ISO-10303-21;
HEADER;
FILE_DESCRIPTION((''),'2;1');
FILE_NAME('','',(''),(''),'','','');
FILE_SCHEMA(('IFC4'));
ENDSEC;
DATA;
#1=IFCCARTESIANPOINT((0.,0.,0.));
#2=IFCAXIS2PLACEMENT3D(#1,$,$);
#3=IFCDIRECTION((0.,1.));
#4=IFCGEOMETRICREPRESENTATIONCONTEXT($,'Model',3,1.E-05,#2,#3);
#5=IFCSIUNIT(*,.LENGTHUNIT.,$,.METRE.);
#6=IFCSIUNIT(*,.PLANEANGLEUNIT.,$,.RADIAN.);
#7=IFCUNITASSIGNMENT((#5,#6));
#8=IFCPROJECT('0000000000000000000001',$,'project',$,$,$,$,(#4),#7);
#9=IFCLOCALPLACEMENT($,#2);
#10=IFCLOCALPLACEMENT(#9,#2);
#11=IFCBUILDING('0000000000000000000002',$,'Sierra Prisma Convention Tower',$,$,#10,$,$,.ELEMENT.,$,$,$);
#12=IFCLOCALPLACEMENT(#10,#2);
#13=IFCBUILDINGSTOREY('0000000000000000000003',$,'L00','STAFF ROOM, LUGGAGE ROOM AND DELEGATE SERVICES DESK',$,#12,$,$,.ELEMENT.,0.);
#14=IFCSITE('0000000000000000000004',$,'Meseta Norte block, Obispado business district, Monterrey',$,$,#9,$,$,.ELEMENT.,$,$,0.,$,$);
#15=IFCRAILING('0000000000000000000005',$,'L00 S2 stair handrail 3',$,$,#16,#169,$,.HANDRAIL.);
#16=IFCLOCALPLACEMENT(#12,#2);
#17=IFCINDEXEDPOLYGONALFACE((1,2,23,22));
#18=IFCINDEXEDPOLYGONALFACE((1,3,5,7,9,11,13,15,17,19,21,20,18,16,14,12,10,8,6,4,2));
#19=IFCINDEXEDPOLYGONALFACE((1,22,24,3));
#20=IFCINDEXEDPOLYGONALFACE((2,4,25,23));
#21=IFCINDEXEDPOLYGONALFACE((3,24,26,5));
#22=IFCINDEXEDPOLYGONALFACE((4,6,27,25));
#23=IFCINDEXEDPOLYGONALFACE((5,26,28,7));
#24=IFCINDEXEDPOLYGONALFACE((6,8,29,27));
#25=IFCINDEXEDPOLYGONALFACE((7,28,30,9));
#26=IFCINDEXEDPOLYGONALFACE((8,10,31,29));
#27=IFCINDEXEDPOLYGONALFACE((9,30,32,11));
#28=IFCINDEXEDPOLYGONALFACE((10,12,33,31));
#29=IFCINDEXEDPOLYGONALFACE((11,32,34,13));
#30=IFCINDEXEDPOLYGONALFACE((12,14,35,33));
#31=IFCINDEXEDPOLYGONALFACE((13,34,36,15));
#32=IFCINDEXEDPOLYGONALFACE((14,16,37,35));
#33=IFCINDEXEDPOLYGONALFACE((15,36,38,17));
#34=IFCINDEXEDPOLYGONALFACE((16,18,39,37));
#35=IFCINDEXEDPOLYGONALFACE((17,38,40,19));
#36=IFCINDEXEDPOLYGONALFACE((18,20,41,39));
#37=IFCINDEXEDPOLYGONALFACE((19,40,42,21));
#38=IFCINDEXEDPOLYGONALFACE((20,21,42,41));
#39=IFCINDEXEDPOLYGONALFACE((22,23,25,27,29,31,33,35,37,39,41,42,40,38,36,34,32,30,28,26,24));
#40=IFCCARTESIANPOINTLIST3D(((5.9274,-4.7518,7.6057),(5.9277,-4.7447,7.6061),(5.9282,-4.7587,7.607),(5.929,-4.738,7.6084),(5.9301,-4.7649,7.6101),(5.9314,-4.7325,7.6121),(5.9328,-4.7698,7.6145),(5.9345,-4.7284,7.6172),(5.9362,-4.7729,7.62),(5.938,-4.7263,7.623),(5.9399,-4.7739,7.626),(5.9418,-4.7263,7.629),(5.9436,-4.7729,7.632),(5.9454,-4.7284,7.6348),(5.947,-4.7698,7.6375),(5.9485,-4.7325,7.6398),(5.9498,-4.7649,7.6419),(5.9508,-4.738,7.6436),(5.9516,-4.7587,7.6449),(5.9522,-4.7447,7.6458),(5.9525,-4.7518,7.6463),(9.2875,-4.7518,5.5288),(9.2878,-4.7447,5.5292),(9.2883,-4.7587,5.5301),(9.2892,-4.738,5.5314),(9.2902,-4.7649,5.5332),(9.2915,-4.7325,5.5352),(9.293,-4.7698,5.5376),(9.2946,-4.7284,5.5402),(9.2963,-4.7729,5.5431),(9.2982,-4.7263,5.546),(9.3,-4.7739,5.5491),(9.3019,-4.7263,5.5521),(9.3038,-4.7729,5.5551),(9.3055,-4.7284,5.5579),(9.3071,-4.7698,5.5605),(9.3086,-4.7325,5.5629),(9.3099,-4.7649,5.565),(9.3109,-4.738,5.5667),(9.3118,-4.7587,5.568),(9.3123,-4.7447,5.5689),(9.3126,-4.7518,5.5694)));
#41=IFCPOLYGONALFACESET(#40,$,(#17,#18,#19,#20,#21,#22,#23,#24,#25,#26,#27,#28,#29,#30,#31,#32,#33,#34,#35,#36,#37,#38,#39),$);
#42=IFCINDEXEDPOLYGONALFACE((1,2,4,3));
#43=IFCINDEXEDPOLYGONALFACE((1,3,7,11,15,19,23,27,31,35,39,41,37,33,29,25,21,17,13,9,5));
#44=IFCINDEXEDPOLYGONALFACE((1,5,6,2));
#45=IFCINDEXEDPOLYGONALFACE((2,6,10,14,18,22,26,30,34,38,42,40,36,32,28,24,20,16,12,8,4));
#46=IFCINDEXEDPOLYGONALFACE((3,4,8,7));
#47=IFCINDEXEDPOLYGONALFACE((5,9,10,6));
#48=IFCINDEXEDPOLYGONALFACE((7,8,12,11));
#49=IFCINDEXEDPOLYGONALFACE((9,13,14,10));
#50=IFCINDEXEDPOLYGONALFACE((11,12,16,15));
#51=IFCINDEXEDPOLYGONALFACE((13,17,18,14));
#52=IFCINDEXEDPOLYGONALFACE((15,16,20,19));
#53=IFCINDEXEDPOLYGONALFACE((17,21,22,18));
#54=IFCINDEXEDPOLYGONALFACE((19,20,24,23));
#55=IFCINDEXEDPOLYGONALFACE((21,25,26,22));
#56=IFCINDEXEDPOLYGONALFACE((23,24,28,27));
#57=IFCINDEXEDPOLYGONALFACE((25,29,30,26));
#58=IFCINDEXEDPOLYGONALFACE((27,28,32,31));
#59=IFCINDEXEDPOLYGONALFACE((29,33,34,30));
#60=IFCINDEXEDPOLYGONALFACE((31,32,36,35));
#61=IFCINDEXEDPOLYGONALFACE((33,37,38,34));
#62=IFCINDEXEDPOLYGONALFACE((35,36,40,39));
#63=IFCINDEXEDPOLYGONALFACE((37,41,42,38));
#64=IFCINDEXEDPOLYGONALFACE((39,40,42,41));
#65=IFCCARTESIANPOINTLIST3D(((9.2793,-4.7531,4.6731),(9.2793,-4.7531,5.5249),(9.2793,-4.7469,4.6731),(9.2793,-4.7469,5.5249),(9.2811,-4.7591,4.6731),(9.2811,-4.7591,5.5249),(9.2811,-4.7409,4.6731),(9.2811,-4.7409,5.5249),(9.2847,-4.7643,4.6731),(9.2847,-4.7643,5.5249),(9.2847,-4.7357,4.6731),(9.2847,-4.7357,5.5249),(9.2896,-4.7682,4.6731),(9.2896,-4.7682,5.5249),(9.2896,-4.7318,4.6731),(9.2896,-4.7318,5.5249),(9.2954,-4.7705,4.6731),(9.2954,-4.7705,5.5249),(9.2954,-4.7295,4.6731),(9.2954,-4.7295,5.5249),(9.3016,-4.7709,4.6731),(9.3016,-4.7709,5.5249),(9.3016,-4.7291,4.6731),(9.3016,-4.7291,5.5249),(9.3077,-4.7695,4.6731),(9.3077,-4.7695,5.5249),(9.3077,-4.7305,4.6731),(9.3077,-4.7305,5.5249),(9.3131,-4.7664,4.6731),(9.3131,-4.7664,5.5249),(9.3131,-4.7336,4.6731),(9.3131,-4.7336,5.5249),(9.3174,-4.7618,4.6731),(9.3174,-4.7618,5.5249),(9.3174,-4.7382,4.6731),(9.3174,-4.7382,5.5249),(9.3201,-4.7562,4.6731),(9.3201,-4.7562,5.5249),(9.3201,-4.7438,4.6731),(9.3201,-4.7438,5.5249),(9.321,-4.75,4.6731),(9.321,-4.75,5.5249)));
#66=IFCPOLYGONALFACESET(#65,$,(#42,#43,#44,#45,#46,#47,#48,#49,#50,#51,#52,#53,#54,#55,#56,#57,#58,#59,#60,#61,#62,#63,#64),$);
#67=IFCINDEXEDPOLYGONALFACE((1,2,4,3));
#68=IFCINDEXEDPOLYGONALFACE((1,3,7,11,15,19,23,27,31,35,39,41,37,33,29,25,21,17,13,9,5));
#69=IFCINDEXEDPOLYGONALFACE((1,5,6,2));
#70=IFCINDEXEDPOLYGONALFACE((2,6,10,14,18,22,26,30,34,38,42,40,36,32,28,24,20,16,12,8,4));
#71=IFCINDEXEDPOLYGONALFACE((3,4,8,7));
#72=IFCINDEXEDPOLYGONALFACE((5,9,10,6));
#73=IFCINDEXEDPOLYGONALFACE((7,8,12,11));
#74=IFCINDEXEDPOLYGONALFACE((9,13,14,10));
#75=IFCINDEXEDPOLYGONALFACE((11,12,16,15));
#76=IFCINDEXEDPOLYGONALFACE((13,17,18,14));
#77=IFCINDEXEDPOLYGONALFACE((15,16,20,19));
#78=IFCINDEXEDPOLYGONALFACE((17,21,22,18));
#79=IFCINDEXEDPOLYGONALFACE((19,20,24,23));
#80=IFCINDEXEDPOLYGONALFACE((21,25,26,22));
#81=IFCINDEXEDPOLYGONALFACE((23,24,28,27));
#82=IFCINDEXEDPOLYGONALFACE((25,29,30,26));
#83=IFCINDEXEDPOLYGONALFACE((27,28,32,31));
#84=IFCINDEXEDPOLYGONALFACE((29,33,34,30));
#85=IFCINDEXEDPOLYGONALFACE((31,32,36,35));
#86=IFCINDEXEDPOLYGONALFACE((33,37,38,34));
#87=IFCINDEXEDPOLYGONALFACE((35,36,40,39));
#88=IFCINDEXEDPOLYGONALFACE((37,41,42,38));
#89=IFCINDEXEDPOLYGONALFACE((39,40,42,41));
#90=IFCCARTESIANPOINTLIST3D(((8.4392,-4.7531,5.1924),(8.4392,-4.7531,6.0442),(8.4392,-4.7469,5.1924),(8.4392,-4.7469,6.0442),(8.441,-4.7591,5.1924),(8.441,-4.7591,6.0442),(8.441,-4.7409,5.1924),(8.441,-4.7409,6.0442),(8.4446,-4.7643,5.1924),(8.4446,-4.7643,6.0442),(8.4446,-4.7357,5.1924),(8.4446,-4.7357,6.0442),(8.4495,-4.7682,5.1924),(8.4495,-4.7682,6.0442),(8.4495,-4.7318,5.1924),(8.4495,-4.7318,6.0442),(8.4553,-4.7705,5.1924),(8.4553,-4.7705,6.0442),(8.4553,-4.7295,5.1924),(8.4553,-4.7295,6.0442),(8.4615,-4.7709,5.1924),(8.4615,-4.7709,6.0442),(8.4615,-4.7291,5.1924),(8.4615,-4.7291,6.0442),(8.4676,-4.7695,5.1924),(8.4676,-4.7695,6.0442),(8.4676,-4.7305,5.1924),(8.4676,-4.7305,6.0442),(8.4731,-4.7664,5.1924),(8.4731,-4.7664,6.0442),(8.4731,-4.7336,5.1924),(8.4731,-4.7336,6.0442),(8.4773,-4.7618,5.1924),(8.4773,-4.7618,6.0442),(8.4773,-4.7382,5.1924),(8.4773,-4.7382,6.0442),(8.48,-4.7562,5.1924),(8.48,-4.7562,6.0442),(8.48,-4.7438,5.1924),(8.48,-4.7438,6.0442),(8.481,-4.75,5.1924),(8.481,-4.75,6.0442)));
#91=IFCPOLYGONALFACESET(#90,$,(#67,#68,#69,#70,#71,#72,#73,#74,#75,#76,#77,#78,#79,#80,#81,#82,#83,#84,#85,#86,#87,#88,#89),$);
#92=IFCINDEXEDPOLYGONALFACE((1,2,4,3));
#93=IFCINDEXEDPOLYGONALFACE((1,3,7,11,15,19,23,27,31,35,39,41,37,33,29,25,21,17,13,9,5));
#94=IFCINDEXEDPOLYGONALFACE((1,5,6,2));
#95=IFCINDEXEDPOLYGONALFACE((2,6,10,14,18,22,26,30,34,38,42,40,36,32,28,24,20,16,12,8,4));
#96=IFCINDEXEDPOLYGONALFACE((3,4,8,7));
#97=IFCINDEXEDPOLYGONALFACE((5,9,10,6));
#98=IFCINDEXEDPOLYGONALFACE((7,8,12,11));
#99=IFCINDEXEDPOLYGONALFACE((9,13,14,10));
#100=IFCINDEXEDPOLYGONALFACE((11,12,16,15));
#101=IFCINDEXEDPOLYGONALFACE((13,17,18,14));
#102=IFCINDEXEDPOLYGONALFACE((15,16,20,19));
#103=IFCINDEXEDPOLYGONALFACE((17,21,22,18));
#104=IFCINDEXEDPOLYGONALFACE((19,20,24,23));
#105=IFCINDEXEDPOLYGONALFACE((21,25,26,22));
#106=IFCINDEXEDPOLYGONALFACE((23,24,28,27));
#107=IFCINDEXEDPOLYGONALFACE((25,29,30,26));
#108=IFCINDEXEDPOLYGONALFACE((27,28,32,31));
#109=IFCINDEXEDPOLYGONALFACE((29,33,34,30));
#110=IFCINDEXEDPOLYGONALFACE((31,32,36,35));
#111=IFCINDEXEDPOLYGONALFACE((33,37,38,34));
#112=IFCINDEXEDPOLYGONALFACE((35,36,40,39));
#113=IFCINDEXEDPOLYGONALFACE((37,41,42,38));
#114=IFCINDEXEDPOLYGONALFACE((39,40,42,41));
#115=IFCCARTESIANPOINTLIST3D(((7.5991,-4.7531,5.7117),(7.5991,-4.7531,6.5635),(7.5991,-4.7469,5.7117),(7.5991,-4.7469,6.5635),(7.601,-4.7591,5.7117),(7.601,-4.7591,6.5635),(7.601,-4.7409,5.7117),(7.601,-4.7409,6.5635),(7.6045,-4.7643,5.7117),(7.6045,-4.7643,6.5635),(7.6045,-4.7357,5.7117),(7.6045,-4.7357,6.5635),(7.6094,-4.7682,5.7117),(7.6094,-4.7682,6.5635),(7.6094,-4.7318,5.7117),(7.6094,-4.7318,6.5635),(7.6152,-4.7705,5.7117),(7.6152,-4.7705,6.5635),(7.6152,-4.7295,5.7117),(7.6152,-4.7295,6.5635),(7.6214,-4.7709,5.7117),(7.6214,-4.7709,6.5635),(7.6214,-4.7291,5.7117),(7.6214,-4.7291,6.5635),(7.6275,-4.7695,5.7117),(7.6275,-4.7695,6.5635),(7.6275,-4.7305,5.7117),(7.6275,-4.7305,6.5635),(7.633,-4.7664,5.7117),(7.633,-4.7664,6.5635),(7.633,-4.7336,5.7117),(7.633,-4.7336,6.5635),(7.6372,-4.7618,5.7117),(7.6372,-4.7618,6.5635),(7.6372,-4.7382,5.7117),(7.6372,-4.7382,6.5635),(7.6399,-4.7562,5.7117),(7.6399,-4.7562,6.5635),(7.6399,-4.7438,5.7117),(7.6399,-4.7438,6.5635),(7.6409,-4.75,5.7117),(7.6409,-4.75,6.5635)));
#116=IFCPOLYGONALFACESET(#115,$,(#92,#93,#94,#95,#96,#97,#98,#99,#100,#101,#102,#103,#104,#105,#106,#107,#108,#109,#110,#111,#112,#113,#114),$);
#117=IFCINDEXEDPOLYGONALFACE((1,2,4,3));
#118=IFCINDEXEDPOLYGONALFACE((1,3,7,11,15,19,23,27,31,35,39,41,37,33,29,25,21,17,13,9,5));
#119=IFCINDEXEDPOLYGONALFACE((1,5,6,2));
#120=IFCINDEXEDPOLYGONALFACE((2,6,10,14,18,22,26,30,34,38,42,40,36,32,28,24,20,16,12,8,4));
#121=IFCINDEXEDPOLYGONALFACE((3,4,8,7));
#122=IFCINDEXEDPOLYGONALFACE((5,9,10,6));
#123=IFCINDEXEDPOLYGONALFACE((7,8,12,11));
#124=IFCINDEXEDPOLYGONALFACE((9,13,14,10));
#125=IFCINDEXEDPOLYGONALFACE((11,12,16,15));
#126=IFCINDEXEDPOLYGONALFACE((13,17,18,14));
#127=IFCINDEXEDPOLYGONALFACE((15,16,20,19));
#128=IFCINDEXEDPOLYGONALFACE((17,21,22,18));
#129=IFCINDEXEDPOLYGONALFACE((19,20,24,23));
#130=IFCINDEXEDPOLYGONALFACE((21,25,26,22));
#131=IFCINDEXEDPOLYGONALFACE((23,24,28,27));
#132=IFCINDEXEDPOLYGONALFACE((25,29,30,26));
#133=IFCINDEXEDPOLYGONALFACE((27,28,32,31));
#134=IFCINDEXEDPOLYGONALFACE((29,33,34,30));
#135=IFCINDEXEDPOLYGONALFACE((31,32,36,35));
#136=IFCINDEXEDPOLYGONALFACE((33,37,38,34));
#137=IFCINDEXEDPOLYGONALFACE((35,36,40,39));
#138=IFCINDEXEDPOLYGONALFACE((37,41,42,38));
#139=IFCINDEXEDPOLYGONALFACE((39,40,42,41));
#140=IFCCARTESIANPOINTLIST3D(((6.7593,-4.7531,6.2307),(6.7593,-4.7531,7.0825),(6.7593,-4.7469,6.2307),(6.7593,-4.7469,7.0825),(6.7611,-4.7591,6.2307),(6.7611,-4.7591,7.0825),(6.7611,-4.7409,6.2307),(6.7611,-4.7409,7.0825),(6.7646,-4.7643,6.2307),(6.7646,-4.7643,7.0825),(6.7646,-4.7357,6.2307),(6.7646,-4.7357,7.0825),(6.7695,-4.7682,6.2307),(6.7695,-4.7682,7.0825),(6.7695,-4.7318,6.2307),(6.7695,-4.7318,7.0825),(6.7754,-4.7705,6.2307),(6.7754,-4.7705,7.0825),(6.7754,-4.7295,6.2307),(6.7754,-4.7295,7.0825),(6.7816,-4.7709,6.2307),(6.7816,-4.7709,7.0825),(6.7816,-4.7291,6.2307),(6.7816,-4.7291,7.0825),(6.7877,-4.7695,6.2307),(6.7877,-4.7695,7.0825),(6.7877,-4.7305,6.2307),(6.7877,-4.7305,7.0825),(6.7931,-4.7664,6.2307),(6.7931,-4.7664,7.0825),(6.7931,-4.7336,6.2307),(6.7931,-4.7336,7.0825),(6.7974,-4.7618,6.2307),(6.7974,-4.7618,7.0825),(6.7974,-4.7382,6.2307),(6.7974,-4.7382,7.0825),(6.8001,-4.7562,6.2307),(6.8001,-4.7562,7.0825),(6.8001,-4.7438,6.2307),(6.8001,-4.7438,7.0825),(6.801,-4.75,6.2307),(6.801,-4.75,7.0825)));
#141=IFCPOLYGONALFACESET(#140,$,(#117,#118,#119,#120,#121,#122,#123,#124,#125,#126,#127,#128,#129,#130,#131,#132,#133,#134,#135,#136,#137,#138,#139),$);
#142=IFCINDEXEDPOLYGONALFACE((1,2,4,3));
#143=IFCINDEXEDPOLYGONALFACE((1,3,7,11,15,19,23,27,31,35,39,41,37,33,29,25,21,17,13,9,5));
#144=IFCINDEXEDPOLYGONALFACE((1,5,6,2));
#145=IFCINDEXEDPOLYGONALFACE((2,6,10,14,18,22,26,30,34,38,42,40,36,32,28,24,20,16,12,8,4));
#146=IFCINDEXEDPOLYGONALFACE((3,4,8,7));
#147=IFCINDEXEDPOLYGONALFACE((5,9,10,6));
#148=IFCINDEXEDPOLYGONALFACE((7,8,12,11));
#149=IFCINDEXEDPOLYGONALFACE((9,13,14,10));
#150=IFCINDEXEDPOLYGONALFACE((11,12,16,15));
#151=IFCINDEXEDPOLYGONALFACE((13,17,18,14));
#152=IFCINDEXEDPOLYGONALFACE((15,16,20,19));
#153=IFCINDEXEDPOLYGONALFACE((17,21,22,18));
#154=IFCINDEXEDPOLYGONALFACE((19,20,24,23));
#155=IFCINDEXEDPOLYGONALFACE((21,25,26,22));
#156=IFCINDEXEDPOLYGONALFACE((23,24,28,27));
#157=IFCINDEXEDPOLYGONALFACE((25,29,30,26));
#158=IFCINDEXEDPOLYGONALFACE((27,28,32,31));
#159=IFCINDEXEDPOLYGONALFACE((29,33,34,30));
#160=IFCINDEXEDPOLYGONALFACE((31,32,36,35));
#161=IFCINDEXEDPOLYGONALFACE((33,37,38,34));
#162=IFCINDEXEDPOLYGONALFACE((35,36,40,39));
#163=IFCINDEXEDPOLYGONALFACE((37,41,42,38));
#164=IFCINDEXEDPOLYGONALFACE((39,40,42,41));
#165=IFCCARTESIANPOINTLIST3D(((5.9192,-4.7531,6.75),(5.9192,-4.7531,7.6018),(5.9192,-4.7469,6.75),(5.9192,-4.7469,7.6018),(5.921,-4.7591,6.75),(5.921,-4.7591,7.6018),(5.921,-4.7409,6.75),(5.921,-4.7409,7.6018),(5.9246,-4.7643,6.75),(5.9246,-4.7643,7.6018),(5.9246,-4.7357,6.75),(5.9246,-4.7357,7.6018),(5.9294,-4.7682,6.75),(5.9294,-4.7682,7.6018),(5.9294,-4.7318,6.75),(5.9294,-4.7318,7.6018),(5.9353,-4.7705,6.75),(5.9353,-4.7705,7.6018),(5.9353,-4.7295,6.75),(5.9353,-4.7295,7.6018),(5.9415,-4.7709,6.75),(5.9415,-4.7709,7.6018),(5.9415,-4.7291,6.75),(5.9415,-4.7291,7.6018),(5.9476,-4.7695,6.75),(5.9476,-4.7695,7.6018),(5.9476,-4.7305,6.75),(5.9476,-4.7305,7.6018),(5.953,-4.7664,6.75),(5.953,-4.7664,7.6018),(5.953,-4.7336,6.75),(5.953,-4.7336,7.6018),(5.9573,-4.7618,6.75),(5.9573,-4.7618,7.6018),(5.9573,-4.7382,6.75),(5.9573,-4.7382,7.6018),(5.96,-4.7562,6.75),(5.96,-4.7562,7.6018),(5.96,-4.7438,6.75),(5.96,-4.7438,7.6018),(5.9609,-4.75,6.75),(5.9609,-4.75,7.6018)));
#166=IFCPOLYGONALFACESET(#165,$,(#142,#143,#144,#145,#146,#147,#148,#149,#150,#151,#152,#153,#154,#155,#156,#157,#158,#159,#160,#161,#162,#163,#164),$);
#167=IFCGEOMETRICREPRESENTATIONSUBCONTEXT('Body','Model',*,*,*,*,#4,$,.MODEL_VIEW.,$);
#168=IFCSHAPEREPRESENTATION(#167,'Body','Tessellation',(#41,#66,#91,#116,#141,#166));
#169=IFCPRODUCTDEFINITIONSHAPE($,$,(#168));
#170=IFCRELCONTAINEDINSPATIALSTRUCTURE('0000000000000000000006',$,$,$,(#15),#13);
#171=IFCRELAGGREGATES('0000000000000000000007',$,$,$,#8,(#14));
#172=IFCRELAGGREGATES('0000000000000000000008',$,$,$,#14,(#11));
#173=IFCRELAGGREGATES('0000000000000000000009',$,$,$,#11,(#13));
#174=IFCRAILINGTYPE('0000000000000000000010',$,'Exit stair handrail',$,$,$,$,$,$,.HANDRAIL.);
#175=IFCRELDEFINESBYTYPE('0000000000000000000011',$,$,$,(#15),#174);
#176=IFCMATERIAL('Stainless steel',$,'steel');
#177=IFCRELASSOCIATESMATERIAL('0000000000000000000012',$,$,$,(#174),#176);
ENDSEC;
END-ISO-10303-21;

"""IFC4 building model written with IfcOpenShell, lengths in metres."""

from ifc_helpers import new_model, si_unit, direction, frame, origin, origin_2d, place, context, subcontext, project, spatial, circle, extrude, material, type_object, element, save


model = new_model("IFC4")

# Units and contexts
model_context = context("Model", 3, precision=1e-05, world=origin(), true_north=direction((0.0, 1.0)))
body_context = subcontext(model_context, "Body", "Model", "MODEL_VIEW")
ifc_project = project(units=[si_unit("LENGTHUNIT", "METRE"), si_unit("PLANEANGLEUNIT", "RADIAN")], contexts=[model_context])

# Site, building, storey
site_placement = place(None, origin())
site = spatial("IfcSite", under=ifc_project, at=site_placement, Name="Meseta Norte block, Obispado business district, Monterrey", CompositionType="ELEMENT", RefElevation=0.0)
building_placement = place(site_placement, origin())
building = spatial("IfcBuilding", under=site, at=building_placement, Name="Sierra Prisma Convention Tower", CompositionType="ELEMENT")
storey_placement = place(building_placement, origin())
storey = spatial("IfcBuildingStorey", under=building, at=storey_placement, Name="L00", Description="STAFF ROOM, LUGGAGE ROOM AND DELEGATE SERVICES DESK", CompositionType="ELEMENT", Elevation=0.0)

# Railing
ifc_material_1 = material(Name="Stainless steel", Category="steel")
railing_type_1 = type_object("IfcRailingType", Name="Exit stair handrail", PredefinedType="HANDRAIL", material=ifc_material_1)
for number, where, name in (
    (1, (9.3, -4.75, 4.6731), "L00 S2 stair handrail 3"),
):
    element("IfcRailing", number, at=place(storey_placement, frame(where)), inside=storey, type_object=railing_type_1, Name=name, PredefinedType="HANDRAIL", context=body_context, shape_type="SweptSolid", body=[
        extrude(circle(Radius=0.0239, at=origin_2d()), frame((0.0, 0.0, 0.876), z_axis=(-0.850623, 0.0, 0.525776), x_axis=(0.0, -1.0, 0.0)), (0.0, 0.0, 1.0), 3.9502),
        extrude(circle(Radius=0.021, at=origin_2d()), origin(), (0.0, 0.0, 1.0), 0.8518),
        extrude(circle(Radius=0.021, at=origin_2d()), frame((-0.8401, 0.0, 0.5193)), (0.0, 0.0, 1.0), 0.8518),
        extrude(circle(Radius=0.021, at=origin_2d()), frame((-1.6802, 0.0, 1.0386)), (0.0, 0.0, 1.0), 0.8518),
        extrude(circle(Radius=0.021, at=origin_2d()), frame((-2.52, 0.0, 1.5576)), (0.0, 0.0, 1.0), 0.8518),
        extrude(circle(Radius=0.021, at=origin_2d()), frame((-3.3601, 0.0, 2.0769)), (0.0, 0.0, 1.0), 0.8518),
    ])

save(model, "model.ifc")
